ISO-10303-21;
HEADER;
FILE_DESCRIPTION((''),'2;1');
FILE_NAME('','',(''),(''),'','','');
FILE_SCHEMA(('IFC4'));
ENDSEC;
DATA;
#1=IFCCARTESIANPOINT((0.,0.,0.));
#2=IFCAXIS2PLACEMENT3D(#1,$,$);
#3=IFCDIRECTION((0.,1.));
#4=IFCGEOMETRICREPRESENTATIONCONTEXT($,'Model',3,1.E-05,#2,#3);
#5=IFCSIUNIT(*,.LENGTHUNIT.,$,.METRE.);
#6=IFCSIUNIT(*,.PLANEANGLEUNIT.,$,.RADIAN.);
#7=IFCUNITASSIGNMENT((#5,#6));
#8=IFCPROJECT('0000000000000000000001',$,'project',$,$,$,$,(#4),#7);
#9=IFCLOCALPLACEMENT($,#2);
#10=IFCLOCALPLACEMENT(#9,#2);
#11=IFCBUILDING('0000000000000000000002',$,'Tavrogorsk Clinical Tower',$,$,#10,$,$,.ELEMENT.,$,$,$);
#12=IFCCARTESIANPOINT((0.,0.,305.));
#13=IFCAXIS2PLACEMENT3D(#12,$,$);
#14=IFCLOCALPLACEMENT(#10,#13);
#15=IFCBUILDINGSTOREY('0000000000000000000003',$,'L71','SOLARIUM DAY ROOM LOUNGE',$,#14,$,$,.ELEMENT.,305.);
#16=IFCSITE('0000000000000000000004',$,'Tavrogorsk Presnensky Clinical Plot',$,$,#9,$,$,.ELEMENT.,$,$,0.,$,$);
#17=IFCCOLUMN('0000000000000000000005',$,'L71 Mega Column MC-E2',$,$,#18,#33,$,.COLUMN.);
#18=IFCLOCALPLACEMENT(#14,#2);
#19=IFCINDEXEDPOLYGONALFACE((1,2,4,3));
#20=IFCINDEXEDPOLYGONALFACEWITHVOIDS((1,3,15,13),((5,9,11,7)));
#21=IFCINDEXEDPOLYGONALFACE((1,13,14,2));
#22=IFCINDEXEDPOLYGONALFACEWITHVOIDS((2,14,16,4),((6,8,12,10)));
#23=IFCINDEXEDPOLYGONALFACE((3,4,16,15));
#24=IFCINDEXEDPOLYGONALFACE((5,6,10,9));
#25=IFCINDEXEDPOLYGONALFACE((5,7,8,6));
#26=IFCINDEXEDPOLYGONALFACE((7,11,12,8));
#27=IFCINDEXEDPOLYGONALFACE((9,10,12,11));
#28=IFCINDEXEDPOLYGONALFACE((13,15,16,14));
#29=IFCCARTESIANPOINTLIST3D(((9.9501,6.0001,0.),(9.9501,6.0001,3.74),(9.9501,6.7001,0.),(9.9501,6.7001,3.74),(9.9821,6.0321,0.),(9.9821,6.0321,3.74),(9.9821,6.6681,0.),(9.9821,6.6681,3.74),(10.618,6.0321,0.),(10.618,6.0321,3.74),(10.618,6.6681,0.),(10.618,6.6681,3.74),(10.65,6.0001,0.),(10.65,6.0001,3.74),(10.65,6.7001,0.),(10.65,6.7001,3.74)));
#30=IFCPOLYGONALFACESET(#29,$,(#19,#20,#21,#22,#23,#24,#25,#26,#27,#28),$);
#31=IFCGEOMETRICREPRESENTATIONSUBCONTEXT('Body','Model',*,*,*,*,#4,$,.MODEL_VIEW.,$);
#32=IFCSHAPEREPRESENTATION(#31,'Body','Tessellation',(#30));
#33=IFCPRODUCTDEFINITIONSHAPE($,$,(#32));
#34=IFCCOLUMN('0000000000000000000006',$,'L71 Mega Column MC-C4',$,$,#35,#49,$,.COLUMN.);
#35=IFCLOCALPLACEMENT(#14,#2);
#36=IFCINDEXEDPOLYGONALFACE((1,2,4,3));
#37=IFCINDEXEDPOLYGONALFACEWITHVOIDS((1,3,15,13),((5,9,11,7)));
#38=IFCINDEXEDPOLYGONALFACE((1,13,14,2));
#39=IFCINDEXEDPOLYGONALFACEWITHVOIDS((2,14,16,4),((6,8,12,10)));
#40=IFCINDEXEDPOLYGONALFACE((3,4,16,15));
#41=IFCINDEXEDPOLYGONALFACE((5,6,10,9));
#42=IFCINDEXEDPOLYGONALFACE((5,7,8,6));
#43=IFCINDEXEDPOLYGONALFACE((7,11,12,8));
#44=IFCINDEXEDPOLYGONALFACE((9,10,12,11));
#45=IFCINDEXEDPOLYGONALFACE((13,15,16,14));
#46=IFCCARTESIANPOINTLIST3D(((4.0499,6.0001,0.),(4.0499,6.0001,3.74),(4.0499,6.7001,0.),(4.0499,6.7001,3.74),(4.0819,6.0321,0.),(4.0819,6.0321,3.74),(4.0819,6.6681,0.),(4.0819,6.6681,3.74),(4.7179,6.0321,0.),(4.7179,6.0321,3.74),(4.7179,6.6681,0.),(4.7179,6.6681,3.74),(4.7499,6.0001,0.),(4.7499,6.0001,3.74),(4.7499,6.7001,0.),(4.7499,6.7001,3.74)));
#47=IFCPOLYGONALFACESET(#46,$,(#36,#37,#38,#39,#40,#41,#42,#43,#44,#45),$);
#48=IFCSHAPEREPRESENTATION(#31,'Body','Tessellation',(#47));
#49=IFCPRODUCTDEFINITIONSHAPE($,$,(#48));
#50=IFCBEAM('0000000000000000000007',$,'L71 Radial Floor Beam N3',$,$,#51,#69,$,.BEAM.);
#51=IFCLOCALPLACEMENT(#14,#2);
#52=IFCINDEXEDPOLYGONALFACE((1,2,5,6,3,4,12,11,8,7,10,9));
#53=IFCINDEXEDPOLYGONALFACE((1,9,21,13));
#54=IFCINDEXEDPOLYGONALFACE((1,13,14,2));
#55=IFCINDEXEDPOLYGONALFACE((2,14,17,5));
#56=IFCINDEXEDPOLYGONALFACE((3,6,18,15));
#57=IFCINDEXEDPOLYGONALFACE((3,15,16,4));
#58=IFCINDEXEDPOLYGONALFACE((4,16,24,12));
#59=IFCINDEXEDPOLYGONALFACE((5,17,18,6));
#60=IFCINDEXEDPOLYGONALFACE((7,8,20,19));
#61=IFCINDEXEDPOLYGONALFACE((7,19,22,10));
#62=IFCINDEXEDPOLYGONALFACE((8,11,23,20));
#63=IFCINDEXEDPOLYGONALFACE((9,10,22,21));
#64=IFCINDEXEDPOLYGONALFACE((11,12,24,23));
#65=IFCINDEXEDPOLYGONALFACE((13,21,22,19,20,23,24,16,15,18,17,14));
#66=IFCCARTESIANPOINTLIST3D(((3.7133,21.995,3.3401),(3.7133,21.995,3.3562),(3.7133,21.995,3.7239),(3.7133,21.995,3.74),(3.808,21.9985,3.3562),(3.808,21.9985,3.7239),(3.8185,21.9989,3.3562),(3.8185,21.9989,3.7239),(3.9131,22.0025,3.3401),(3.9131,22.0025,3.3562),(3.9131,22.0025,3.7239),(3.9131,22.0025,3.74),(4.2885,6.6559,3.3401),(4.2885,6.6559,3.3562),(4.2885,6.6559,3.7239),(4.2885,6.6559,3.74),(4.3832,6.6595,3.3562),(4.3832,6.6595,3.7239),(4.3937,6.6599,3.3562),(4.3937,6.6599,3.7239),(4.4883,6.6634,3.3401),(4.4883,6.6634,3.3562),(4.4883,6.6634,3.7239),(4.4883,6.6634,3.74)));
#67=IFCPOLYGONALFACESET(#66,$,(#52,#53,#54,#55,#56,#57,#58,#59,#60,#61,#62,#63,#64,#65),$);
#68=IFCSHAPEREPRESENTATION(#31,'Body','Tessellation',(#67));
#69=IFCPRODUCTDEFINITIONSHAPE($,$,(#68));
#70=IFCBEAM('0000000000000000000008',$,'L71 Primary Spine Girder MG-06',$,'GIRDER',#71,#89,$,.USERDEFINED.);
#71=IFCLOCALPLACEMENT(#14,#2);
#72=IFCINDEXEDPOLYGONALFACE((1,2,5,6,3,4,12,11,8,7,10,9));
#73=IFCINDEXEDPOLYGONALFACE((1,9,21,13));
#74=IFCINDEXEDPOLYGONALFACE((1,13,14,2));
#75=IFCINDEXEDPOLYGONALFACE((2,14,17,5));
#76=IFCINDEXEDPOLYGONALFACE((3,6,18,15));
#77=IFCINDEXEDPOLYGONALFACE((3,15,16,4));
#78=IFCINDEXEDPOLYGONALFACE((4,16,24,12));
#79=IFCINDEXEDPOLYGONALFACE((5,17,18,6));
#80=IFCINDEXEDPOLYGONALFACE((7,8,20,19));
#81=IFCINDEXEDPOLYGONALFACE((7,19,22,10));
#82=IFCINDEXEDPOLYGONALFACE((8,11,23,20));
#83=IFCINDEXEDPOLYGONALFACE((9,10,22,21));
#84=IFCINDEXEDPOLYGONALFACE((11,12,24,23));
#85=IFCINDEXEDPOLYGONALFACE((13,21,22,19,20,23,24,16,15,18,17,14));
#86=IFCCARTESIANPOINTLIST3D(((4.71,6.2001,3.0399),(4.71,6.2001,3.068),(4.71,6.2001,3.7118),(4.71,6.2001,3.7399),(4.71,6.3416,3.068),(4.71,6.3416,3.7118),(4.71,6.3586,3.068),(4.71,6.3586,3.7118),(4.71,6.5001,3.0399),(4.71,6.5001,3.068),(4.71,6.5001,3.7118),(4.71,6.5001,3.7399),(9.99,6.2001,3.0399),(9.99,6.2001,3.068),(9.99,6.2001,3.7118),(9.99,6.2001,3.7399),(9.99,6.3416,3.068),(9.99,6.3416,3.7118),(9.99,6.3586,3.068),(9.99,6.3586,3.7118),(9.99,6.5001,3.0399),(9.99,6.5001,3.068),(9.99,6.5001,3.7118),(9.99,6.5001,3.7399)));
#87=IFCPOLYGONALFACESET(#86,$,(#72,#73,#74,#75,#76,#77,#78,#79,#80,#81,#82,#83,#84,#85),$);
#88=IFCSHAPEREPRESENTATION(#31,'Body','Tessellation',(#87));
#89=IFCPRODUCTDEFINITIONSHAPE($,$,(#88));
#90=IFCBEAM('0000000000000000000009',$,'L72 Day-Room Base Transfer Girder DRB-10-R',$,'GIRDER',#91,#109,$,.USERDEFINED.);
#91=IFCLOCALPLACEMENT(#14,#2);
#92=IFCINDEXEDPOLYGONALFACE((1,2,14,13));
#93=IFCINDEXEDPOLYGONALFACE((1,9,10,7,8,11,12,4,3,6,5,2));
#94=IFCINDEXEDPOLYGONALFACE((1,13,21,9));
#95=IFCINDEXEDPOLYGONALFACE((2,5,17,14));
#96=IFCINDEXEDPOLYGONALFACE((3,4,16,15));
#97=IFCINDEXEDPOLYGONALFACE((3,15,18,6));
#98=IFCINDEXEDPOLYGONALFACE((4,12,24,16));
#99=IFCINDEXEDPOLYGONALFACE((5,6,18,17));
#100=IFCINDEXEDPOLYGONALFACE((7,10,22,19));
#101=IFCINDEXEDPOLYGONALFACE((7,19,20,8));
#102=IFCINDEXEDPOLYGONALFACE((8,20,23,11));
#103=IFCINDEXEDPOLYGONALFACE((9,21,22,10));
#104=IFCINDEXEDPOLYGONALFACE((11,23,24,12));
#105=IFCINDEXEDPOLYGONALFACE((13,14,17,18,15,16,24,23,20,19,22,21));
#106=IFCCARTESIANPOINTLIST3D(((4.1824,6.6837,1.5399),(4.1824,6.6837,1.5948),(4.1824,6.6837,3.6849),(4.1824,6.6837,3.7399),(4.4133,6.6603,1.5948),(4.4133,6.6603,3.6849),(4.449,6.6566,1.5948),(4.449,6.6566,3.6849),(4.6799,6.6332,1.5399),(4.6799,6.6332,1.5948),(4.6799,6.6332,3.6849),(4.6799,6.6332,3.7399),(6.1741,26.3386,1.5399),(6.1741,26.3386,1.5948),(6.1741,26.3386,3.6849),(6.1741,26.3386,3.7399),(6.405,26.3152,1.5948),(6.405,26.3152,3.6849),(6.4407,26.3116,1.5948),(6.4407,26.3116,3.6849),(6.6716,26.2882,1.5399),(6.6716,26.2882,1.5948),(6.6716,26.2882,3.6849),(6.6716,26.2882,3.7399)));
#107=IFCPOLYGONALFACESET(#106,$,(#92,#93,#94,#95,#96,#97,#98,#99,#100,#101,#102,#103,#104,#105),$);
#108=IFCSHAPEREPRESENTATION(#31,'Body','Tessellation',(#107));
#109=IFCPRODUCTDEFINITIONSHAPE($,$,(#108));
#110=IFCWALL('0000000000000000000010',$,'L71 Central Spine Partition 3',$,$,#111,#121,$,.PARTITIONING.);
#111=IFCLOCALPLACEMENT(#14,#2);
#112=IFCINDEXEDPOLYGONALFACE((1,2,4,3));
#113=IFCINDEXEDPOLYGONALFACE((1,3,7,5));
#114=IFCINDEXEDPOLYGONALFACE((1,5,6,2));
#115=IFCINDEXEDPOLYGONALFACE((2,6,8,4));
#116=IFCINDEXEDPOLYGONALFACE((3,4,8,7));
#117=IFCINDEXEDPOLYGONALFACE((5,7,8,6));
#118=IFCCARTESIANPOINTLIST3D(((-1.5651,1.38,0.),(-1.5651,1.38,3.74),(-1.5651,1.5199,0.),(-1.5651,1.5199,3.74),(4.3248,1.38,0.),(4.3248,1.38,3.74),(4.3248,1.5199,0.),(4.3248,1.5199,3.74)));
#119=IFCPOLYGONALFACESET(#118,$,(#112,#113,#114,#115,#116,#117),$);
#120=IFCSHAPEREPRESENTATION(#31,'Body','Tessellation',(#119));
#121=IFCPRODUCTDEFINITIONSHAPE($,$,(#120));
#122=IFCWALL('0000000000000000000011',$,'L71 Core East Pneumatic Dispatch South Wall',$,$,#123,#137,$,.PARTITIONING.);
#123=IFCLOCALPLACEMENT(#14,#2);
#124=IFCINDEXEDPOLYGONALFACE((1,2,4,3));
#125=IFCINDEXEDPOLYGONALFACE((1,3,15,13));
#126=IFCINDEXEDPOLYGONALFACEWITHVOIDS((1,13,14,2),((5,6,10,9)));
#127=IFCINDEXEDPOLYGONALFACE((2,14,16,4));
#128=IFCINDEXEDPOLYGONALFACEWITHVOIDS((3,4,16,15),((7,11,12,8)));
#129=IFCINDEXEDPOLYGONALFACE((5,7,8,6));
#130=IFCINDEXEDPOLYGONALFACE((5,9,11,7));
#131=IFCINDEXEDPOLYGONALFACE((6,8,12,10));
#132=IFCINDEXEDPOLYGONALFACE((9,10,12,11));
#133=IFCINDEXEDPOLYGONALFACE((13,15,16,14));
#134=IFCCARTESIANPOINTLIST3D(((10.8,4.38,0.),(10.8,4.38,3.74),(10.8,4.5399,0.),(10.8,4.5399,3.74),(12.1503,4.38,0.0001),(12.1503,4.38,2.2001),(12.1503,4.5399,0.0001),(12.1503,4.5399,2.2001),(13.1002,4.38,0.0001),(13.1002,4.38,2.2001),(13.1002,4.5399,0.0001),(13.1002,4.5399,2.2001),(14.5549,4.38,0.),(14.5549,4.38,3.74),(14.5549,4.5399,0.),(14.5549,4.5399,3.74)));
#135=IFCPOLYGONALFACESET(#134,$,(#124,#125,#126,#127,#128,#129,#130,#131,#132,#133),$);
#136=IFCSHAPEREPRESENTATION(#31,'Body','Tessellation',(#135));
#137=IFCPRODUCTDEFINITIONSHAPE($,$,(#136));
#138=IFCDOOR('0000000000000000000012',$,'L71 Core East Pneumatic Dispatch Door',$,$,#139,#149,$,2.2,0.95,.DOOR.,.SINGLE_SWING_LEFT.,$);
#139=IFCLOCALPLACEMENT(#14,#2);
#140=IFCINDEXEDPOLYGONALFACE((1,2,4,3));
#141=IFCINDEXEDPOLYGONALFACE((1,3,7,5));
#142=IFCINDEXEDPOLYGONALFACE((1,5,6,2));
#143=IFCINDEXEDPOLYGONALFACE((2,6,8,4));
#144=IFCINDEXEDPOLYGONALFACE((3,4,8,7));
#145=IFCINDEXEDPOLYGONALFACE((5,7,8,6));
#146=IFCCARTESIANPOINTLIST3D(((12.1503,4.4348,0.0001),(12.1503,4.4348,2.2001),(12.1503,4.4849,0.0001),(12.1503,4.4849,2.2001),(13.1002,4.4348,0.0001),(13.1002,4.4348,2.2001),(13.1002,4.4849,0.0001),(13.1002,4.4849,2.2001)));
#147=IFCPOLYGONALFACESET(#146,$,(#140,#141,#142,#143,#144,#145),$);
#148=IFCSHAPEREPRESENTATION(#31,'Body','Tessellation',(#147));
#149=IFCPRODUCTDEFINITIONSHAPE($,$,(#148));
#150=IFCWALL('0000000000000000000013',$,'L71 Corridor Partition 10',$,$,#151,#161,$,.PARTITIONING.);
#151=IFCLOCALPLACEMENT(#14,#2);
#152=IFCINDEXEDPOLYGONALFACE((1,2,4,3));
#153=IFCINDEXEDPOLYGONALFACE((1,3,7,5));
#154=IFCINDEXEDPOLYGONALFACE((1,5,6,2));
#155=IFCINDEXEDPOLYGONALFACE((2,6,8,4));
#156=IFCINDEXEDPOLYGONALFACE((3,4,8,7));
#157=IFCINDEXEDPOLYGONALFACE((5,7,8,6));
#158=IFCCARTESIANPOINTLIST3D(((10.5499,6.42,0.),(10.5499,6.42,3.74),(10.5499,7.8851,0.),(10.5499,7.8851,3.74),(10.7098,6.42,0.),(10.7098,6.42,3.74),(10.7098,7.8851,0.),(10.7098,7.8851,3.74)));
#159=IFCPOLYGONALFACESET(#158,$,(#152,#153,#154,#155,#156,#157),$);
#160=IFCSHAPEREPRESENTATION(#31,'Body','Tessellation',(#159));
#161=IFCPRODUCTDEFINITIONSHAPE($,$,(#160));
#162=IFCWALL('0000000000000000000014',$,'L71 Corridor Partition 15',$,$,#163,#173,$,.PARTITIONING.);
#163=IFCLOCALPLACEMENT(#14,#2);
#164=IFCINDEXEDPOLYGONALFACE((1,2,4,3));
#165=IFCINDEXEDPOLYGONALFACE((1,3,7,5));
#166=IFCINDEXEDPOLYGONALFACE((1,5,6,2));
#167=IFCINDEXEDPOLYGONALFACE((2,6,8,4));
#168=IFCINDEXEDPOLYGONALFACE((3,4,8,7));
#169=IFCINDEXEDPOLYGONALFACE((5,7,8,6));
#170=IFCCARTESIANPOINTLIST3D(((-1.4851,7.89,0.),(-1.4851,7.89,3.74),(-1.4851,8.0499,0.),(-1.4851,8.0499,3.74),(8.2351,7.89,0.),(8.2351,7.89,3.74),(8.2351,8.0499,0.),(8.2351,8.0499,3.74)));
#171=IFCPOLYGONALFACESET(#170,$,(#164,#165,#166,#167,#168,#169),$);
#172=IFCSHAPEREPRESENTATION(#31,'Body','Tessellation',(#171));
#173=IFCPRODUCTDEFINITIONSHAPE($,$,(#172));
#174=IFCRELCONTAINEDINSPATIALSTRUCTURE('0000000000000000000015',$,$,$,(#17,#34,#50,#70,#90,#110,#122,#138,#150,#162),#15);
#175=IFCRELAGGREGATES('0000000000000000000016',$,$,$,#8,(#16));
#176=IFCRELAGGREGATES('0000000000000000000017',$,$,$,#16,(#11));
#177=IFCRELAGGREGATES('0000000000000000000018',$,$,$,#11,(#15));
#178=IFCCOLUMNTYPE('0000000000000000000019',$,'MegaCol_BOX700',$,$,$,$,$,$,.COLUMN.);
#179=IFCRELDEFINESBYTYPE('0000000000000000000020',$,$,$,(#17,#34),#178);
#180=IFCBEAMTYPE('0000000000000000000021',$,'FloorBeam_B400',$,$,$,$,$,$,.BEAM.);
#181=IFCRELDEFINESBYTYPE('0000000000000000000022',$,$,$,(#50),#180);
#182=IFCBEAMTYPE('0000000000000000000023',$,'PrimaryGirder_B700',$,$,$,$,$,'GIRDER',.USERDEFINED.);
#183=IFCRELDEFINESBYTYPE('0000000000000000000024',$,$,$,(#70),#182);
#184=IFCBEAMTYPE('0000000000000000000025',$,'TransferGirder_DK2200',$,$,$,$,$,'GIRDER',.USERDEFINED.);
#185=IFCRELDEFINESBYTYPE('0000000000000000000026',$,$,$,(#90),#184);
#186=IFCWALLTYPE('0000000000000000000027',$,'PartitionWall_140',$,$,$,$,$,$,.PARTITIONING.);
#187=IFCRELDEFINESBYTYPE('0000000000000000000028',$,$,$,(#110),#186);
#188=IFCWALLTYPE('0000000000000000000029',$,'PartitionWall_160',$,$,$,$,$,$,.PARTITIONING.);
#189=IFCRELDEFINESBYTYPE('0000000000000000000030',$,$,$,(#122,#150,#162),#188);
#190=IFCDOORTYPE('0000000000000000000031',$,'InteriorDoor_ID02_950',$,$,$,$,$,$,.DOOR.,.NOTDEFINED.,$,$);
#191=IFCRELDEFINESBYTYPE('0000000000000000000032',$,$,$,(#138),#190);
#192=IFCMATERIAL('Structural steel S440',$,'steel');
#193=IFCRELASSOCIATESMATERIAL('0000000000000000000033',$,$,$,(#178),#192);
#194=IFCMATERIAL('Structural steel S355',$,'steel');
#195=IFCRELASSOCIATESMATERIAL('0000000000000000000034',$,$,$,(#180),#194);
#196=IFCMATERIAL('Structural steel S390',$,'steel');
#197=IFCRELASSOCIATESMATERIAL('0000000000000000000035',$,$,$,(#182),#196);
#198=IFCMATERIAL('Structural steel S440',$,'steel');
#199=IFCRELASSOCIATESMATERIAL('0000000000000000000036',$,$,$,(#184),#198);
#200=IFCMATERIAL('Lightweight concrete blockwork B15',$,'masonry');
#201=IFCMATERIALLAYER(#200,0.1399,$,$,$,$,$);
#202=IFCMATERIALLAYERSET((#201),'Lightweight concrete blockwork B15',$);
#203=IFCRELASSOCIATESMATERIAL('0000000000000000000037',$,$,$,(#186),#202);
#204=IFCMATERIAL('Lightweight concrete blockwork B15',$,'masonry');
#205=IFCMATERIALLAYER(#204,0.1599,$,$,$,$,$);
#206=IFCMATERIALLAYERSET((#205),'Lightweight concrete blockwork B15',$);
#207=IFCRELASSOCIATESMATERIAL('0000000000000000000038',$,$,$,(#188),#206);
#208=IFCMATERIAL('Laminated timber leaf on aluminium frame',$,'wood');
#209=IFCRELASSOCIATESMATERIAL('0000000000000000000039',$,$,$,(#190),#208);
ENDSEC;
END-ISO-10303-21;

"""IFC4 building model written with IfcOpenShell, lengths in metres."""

from ifc_helpers import new_model, si_unit, direction, frame, frame_2d, origin, origin_2d, place, context, subcontext, project, spatial, rectangle, hollow_rectangle, i_section, extrude, material, layer, layer_set, material_profile, profile_set, type_object, element, fill, save


model = new_model("IFC4")

# Units and contexts
model_context = context("Model", 3, precision=1e-05, world=origin(), true_north=direction((0.0, 1.0)))
body_context = subcontext(model_context, "Body", "Model", "MODEL_VIEW")
ifc_project = project(units=[si_unit("LENGTHUNIT", "METRE"), si_unit("PLANEANGLEUNIT", "RADIAN")], contexts=[model_context])

# Site, building, storey
site_placement = place(None, origin())
site = spatial("IfcSite", under=ifc_project, at=site_placement, Name="Tavrogorsk Presnensky Clinical Plot", CompositionType="ELEMENT", RefElevation=0.0)
building_placement = place(site_placement, origin())
building = spatial("IfcBuilding", under=site, at=building_placement, Name="Tavrogorsk Clinical Tower", CompositionType="ELEMENT")
storey_placement = place(building_placement, frame((0.0, 0.0, 305.0)))
storey = spatial("IfcBuildingStorey", under=building, at=storey_placement, Name="L71", Description="SOLARIUM DAY ROOM LOUNGE", CompositionType="ELEMENT", Elevation=305.0)

# Columns
ifc_material_1 = material(Name="Structural steel S440", Category="steel")
ifc_material_profile_1 = material_profile(ifc_material_1, hollow_rectangle(XDim=0.7, YDim=0.7, WallThickness=0.032, at=origin_2d()), Name="BOX-700x700x32")
ifc_profile_set_1 = profile_set([ifc_material_profile_1], Name="Structural steel S440")
column_type = type_object("IfcColumnType", Name="MegaCol_BOX700", PredefinedType="COLUMN", material=ifc_profile_set_1)
for number, where, z_axis, x_axis, name in (
    (1, (10.3, 6.3501, 0.0), (0.0, 0.0, 1.0), (1.0, 0.0, 0.0), "L71 Mega Column MC-E2"),
    (2, (4.3999, 6.3501, 0.0), (0.0, 0.0, 1.0), (1.0, 0.0, 0.0), "L71 Mega Column MC-C4"),
):
    element("IfcColumn", number, at=place(storey_placement, frame(where, z_axis=z_axis, x_axis=x_axis)), inside=storey, type_object=column_type, Name=name, PredefinedType="COLUMN", context=body_context, shape_type="SweptSolid", body=[
        extrude(hollow_rectangle(XDim=0.7, YDim=0.7, WallThickness=0.032, at=origin_2d()), origin(), (0.0, 0.0, 1.0), 3.74),
    ])

# Beams
ifc_material_2 = material(Name="Structural steel S355", Category="steel")
ifc_material_profile_2 = material_profile(ifc_material_2, i_section(OverallWidth=0.2, OverallDepth=0.3999, WebThickness=0.0105, FlangeThickness=0.0161, at=origin_2d()), Name="B-400x200x10.5x16")
ifc_profile_set_2 = profile_set([ifc_material_profile_2], Name="Structural steel S355")
beam_type_1 = type_object("IfcBeamType", Name="FloorBeam_B400", PredefinedType="BEAM", material=ifc_profile_set_2)
beam_1_placement = place(storey_placement, frame((4.3884, 6.6597, 3.54), z_axis=(-0.037472, 0.999298, 0.0), x_axis=(-0.999298, -0.037472, 0.0)))
element("IfcBeam", 3, at=beam_1_placement, inside=storey, type_object=beam_type_1, Name="L71 Radial Floor Beam N3", PredefinedType="BEAM", context=body_context, shape_type="SweptSolid", body=[
    extrude(i_section(OverallWidth=0.2, OverallDepth=0.3999, WebThickness=0.0105, FlangeThickness=0.0161, at=origin_2d()), origin(), (0.0, 0.0, 1.0), 15.3499),
])
ifc_material_3 = material(Name="Structural steel S390", Category="steel")
ifc_material_profile_3 = material_profile(ifc_material_3, i_section(OverallWidth=0.3, OverallDepth=0.7, WebThickness=0.0171, FlangeThickness=0.0281, at=origin_2d()), Name="B-700x300x17x28")
ifc_profile_set_3 = profile_set([ifc_material_profile_3], Name="Structural steel S390")
beam_type_2 = type_object("IfcBeamType", Name="PrimaryGirder_B700", ElementType="GIRDER", PredefinedType="USERDEFINED", material=ifc_profile_set_3)
beam_2_placement = place(storey_placement, frame((4.71, 6.3501, 3.3899), z_axis=(1.0, 0.0, 0.0), x_axis=(0.0, 1.0, 0.0)))
element("IfcBeam", 4, at=beam_2_placement, inside=storey, type_object=beam_type_2, Name="L71 Primary Spine Girder MG-06", ObjectType="GIRDER", PredefinedType="USERDEFINED", context=body_context, shape_type="SweptSolid", body=[
    extrude(i_section(OverallWidth=0.3, OverallDepth=0.7, WebThickness=0.0171, FlangeThickness=0.0281, at=origin_2d()), origin(), (0.0, 0.0, 1.0), 5.28),
])
ifc_material_4 = material(Name="Structural steel S440", Category="steel")
ifc_material_profile_4 = material_profile(ifc_material_4, i_section(OverallWidth=0.5, OverallDepth=2.2, WebThickness=0.0359, FlangeThickness=0.0549, at=origin_2d()), Name="DK-2200x500x36x55")
ifc_profile_set_4 = profile_set([ifc_material_profile_4], Name="Structural steel S440")
beam_type_3 = type_object("IfcBeamType", Name="TransferGirder_DK2200", ElementType="GIRDER", PredefinedType="USERDEFINED", material=ifc_profile_set_4)
beam_3_placement = place(storey_placement, frame((4.4312, 6.6584, 2.6399), z_axis=(0.100817, 0.994905, 0.0), x_axis=(-0.994905, 0.100817, 0.0)))
element("IfcBeam", 5, at=beam_3_placement, inside=storey, type_object=beam_type_3, Name="L72 Day-Room Base Transfer Girder DRB-10-R", ObjectType="GIRDER", PredefinedType="USERDEFINED", context=body_context, shape_type="SweptSolid", body=[
    extrude(i_section(OverallWidth=0.5, OverallDepth=2.2, WebThickness=0.0359, FlangeThickness=0.0549, at=origin_2d()), origin(), (0.0, 0.0, 1.0), 19.7556),
])

# Wall
ifc_material_5 = material(Name="Lightweight concrete blockwork B15", Category="masonry")
ifc_layer_1 = layer(ifc_material_5, 0.1399)
ifc_layer_set_1 = layer_set([ifc_layer_1], Name="Lightweight concrete blockwork B15")
wall_type_1 = type_object("IfcWallType", Name="PartitionWall_140", PredefinedType="PARTITIONING", material=ifc_layer_set_1)
wall_1_placement = place(storey_placement, frame((-1.5649, 1.45, 0.0), z_axis=(0.0, 0.0, 1.0), x_axis=(1.0, 0.0, 0.0)))
element("IfcWall", 6, at=wall_1_placement, inside=storey, type_object=wall_type_1, Name="L71 Central Spine Partition 3", PredefinedType="PARTITIONING", context=body_context, shape_type="SweptSolid", body=[
    extrude(rectangle(XDim=5.8899, YDim=0.1399, at=frame_2d((2.9448, 0.0))), origin(), (0.0, 0.0, 1.0), 3.74),
])

# Wall, opening, door
ifc_material_6 = material(Name="Lightweight concrete blockwork B15", Category="masonry")
ifc_layer_2 = layer(ifc_material_6, 0.1599)
ifc_layer_set_2 = layer_set([ifc_layer_2], Name="Lightweight concrete blockwork B15")
wall_type_2 = type_object("IfcWallType", Name="PartitionWall_160", PredefinedType="PARTITIONING", material=ifc_layer_set_2)
wall_2_placement = place(storey_placement, frame((10.8, 4.46, 0.0), z_axis=(0.0, 0.0, 1.0), x_axis=(1.0, 0.0, 0.0)))
wall_2 = element("IfcWall", 7, at=wall_2_placement, inside=storey, type_object=wall_type_2, Name="L71 Core East Pneumatic Dispatch South Wall", PredefinedType="PARTITIONING", context=body_context, shape_type="SweptSolid", body=[
    extrude(rectangle(XDim=3.7549, YDim=0.1599, at=frame_2d((1.8774, 0.0))), origin(), (0.0, 0.0, 1.0), 3.74),
])
opening_1_placement = place(wall_2_placement, frame((1.3501, 0.0, 0.0)))
opening_1 = element("IfcOpeningElement", 8, at=opening_1_placement, cuts=wall_2, PredefinedType="OPENING", context=body_context, shape_type="SweptSolid", body=[
    extrude(rectangle(XDim=0.95, YDim=2.2, at=frame_2d((0.4751, 1.1001))), frame((0.0, 0.0898, 0.0), z_axis=(0.0, -1.0, 0.0), x_axis=(1.0, 0.0, 0.0)), (0.0, 0.0, 1.0), 0.1799),
])
ifc_material_7 = material(Name="Laminated timber leaf on aluminium frame", Category="wood")
door_type_1 = type_object("IfcDoorType", Name="InteriorDoor_ID02_950", OperationType="NOTDEFINED", PredefinedType="DOOR", material=ifc_material_7)
door_1_placement = place(opening_1_placement, origin())
door_1 = element("IfcDoor", 9, at=door_1_placement, inside=storey, type_object=door_type_1, Name="L71 Core East Pneumatic Dispatch Door", OperationType="SINGLE_SWING_LEFT", OverallHeight=2.2, OverallWidth=0.95, PredefinedType="DOOR", context=body_context, shape_type="SweptSolid", body=[
    extrude(rectangle(XDim=0.95, YDim=2.2, at=frame_2d((0.4751, 1.1001))), frame((0.0, 0.0249, 0.0), z_axis=(0.0, -1.0, 0.0), x_axis=(1.0, 0.0, 0.0)), (0.0, 0.0, 1.0), 0.05),
])
fill(opening_1, door_1)

# Walls
wall_3_placement = place(storey_placement, frame((10.6299, 7.885, 0.0), z_axis=(0.0, 0.0, 1.0), x_axis=(0.0, -1.0, 0.0)))
element("IfcWall", 10, at=wall_3_placement, inside=storey, type_object=wall_type_2, Name="L71 Corridor Partition 10", PredefinedType="PARTITIONING", context=body_context, shape_type="SweptSolid", body=[
    extrude(rectangle(XDim=1.4651, YDim=0.1599, at=frame_2d((0.7324, 0.0))), origin(), (0.0, 0.0, 1.0), 3.74),
])
wall_4_placement = place(storey_placement, frame((8.2351, 7.97, 0.0), z_axis=(0.0, 0.0, 1.0), x_axis=(-1.0, 0.0, 0.0)))
element("IfcWall", 11, at=wall_4_placement, inside=storey, type_object=wall_type_2, Name="L71 Corridor Partition 15", PredefinedType="PARTITIONING", context=body_context, shape_type="SweptSolid", body=[
    extrude(rectangle(XDim=9.7202, YDim=0.1599, at=frame_2d((4.8601, 0.0))), origin(), (0.0, 0.0, 1.0), 3.74),
])

save(model, "model.ifc")
